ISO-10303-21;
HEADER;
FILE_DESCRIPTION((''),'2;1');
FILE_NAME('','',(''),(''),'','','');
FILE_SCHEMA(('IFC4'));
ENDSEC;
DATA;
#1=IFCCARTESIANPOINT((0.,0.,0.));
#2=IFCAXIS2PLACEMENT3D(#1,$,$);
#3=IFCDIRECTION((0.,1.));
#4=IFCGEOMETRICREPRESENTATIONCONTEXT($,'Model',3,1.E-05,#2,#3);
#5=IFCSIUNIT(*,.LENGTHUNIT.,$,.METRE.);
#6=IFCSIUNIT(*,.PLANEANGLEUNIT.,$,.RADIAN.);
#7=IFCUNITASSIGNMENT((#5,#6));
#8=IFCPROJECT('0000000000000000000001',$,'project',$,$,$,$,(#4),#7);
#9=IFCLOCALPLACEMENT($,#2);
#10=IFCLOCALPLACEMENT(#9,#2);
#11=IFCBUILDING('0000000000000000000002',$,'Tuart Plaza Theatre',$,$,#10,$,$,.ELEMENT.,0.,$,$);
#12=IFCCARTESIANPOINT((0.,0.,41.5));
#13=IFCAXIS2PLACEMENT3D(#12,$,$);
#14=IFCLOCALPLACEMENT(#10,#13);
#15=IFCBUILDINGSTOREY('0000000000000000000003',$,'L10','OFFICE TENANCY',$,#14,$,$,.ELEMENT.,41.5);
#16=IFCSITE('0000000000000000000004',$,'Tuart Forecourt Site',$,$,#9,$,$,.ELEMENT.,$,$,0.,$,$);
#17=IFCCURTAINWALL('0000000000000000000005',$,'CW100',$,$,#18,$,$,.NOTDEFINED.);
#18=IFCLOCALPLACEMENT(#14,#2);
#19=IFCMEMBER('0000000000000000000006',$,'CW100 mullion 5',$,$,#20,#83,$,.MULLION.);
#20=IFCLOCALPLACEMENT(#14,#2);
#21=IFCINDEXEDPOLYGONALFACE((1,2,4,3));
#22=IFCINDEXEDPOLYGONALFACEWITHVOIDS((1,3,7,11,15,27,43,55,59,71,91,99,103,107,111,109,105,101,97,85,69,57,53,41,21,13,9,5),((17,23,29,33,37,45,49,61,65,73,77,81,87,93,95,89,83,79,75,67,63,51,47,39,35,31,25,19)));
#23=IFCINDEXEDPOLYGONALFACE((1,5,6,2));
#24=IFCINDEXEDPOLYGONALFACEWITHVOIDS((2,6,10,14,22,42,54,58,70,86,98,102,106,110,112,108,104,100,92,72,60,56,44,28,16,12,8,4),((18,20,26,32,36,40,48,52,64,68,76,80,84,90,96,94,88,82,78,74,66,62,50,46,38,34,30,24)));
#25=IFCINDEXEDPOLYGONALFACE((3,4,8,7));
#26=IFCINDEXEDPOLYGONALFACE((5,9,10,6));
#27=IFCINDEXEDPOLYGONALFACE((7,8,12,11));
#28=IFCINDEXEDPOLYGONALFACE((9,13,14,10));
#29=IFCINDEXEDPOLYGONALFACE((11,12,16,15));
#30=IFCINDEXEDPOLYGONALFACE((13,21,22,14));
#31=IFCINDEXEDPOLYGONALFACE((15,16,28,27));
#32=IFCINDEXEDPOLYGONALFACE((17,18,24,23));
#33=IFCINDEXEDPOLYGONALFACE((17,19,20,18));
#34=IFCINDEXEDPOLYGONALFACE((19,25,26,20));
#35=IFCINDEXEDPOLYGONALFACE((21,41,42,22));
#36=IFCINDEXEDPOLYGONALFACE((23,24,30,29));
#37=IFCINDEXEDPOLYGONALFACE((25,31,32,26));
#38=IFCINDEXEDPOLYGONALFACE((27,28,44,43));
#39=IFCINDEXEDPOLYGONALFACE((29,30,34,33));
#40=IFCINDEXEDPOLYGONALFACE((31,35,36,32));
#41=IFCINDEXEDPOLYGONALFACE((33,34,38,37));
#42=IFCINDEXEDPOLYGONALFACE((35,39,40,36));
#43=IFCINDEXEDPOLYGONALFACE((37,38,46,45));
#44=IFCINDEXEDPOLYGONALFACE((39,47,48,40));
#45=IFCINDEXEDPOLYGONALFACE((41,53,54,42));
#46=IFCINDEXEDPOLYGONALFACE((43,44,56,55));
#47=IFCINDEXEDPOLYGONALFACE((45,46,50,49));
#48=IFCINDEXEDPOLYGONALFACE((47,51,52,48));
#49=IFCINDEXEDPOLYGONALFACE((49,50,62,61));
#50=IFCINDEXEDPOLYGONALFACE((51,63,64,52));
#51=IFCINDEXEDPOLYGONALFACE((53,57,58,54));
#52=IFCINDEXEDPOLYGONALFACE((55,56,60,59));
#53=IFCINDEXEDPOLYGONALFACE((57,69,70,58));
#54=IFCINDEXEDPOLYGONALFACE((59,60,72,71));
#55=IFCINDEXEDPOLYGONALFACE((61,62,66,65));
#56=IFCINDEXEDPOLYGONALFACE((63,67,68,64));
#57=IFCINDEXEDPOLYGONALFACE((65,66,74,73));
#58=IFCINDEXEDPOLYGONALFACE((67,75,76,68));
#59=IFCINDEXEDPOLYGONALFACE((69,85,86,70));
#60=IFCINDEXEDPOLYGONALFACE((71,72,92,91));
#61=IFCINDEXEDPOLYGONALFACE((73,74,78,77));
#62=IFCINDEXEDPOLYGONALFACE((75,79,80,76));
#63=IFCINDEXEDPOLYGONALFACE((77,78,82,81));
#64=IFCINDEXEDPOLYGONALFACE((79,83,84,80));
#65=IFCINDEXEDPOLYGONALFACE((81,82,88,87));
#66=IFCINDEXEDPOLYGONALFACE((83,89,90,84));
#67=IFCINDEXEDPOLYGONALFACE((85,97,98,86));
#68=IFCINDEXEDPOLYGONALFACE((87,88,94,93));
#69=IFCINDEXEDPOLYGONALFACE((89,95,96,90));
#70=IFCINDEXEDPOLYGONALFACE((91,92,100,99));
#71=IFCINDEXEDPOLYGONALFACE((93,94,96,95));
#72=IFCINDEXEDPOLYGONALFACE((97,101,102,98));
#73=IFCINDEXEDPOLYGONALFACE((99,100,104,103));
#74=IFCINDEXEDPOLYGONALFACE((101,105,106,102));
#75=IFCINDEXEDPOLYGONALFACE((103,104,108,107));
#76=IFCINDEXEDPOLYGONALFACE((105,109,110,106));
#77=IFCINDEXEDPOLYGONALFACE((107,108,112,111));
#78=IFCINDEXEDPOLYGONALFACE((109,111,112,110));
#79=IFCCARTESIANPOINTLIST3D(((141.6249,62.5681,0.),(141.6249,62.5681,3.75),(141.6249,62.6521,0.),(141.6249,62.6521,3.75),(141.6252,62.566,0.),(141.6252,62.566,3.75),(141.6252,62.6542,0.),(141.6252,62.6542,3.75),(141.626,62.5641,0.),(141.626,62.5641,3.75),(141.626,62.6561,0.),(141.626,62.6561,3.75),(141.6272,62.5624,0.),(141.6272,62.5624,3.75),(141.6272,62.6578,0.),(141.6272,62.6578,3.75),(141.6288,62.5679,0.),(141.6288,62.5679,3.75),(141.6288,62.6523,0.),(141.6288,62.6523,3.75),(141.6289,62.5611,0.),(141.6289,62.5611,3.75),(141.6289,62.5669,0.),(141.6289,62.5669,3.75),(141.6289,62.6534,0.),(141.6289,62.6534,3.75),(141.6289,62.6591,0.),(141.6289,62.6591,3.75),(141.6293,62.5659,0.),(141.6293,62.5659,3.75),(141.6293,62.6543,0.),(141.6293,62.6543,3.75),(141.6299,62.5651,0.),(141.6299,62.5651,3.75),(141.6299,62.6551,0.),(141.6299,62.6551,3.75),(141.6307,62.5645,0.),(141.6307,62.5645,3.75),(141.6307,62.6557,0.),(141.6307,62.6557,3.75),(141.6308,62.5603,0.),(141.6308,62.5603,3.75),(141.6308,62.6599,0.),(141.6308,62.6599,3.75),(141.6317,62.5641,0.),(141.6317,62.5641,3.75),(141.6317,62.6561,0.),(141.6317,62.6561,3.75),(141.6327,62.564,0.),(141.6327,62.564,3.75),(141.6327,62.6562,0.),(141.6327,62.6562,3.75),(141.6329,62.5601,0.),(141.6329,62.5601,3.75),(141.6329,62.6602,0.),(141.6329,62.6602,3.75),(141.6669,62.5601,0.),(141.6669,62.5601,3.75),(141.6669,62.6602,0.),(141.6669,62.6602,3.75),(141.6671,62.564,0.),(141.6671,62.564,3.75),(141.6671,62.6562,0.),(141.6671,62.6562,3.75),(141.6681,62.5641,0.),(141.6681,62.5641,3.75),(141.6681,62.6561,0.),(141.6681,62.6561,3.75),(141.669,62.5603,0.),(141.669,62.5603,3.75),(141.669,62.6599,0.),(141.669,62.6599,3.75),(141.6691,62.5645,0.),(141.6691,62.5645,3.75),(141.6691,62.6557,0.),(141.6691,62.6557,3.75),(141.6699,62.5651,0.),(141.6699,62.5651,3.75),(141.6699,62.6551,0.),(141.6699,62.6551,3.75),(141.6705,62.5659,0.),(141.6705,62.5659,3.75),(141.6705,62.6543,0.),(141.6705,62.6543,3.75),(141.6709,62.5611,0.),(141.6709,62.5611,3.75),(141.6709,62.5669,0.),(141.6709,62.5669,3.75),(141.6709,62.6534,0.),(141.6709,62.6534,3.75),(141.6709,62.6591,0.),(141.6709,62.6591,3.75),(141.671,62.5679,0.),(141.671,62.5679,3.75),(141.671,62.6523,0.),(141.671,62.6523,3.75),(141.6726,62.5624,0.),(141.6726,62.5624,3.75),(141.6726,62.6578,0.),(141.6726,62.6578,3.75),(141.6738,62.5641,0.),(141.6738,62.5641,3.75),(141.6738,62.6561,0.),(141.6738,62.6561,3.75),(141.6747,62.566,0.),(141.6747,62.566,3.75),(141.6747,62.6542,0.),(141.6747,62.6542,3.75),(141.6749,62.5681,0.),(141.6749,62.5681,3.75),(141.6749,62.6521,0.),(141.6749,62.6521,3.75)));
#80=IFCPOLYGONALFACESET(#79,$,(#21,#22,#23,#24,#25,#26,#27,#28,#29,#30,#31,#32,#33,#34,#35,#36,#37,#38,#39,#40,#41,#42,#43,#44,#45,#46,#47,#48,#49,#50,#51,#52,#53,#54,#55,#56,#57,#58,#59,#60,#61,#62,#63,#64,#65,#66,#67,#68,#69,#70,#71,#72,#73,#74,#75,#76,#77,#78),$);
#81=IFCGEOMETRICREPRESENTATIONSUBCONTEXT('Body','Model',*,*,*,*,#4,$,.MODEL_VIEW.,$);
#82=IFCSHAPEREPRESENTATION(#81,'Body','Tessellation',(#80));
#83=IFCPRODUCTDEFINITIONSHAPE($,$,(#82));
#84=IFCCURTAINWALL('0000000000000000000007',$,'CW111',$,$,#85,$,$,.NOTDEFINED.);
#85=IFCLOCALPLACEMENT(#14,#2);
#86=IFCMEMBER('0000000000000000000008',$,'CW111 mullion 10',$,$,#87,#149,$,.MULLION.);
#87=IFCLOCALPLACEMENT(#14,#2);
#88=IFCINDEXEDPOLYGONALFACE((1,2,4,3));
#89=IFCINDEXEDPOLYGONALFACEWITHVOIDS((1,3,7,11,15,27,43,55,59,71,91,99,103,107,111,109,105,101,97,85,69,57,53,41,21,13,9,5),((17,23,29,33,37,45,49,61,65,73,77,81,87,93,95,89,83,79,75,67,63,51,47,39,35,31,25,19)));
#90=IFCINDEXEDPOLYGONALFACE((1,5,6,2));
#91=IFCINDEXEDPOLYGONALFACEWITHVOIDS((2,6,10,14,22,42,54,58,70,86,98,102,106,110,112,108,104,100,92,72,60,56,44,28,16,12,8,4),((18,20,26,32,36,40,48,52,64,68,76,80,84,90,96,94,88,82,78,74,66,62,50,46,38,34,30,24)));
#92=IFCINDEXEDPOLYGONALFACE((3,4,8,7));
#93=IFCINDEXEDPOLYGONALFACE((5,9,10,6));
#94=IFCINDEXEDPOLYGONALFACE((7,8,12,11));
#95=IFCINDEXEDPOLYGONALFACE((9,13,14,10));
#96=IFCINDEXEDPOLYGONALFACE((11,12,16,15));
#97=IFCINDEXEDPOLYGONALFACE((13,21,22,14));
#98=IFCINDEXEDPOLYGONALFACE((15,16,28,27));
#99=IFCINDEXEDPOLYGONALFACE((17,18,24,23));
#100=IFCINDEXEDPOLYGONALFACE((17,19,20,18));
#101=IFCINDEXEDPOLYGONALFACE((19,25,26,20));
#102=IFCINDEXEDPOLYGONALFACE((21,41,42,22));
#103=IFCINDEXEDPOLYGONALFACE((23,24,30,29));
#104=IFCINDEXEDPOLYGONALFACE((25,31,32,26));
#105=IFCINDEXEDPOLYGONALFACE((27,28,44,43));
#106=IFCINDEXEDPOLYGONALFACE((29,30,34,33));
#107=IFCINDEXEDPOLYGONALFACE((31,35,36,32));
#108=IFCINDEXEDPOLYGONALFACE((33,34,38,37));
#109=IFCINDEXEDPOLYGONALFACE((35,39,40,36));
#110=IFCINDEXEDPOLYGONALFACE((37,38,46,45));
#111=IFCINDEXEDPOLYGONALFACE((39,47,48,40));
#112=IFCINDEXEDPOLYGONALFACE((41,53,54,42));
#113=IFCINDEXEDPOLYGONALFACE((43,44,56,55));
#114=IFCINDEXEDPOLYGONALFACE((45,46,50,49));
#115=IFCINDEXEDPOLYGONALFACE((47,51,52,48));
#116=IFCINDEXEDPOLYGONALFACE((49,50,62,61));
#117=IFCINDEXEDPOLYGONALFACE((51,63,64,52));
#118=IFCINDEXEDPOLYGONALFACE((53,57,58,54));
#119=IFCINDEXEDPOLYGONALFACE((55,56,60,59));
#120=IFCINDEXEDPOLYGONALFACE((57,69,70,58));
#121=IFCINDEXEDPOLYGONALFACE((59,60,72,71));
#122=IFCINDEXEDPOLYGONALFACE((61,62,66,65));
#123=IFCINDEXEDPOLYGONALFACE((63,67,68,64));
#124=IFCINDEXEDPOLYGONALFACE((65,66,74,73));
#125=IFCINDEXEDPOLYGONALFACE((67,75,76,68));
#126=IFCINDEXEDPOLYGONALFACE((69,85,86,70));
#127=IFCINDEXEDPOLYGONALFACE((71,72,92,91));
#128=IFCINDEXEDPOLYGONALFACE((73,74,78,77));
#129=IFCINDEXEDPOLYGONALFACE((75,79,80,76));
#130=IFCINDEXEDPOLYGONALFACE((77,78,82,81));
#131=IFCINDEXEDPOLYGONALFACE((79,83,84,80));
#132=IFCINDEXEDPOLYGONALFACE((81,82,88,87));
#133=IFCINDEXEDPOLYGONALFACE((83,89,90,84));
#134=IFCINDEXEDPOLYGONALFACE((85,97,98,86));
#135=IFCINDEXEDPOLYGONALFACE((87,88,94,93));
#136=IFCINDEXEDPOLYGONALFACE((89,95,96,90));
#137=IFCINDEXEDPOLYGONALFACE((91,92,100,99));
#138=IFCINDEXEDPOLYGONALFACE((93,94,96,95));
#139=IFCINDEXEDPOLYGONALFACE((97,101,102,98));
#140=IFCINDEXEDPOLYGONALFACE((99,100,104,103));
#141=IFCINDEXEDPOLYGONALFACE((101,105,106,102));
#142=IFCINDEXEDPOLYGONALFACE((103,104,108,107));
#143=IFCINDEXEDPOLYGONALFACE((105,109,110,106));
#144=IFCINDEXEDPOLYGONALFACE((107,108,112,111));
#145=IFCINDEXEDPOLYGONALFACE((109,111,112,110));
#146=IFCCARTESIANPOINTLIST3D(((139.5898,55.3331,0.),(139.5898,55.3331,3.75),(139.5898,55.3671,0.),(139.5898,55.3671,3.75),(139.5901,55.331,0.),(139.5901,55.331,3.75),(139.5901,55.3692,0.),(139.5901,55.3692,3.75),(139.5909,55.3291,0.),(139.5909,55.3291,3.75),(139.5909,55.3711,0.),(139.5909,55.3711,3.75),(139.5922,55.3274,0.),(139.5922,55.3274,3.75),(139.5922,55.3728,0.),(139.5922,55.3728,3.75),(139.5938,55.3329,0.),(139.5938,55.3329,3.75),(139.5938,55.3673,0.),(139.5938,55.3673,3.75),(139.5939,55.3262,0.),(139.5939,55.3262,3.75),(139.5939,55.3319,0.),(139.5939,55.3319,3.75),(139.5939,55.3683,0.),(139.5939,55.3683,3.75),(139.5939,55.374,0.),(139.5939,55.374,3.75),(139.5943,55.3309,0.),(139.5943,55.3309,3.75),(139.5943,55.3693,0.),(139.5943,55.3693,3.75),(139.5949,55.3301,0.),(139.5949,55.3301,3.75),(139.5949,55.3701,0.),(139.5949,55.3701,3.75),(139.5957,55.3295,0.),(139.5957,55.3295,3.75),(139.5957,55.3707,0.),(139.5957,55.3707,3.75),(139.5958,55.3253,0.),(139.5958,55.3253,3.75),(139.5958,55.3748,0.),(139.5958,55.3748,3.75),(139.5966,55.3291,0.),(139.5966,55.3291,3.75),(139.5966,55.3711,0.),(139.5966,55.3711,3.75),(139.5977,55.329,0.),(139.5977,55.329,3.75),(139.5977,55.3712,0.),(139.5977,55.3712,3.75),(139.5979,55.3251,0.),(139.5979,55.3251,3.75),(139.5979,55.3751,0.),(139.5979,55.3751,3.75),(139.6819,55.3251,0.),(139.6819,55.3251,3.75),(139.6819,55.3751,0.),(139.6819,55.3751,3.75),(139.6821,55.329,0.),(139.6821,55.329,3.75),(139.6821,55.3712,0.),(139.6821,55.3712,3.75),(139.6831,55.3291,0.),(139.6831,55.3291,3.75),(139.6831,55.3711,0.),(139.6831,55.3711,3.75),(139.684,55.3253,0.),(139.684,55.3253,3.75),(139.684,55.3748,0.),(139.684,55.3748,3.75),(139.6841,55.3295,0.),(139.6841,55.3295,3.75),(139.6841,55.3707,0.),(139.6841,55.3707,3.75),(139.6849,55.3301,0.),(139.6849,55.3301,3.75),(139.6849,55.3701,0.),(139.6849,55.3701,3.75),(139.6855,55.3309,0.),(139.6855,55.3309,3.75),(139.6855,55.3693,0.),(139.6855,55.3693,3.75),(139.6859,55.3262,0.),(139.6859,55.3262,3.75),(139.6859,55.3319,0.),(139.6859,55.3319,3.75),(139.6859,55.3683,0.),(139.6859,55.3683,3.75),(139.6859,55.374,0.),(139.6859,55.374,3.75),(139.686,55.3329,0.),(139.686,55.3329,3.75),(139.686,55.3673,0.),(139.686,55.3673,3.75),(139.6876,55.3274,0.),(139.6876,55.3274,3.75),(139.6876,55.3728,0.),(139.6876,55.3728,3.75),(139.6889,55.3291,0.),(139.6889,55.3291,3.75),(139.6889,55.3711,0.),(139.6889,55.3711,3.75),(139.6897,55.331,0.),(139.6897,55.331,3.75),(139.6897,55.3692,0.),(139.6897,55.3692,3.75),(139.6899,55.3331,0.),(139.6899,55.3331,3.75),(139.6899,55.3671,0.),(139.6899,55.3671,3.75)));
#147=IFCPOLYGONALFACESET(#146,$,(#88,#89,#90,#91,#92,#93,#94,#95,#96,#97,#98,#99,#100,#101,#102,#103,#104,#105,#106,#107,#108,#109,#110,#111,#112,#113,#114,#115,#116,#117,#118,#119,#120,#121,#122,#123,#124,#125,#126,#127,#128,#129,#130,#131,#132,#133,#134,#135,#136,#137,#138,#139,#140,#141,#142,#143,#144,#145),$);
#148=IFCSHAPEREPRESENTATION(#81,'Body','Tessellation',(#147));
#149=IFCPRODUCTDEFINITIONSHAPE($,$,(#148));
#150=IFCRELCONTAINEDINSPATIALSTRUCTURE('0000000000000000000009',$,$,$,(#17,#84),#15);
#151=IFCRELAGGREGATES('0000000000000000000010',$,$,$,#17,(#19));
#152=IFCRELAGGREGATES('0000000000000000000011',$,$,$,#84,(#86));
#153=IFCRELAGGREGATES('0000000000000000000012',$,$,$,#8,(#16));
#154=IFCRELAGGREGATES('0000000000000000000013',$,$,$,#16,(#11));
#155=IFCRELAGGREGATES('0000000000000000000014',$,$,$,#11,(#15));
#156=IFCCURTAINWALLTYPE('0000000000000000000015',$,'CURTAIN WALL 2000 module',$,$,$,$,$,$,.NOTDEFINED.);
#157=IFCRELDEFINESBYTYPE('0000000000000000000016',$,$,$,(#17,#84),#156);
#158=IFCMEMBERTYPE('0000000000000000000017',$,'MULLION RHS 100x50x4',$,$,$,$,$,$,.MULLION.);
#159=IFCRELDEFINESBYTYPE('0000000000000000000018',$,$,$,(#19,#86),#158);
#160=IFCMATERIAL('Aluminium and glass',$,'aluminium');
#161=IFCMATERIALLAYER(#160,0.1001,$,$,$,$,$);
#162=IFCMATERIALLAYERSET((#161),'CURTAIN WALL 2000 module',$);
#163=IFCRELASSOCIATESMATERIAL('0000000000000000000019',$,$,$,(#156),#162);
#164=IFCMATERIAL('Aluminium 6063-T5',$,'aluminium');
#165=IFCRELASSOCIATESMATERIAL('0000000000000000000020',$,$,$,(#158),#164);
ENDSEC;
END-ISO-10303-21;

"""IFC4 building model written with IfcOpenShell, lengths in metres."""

from ifc_helpers import new_model, si_unit, direction, frame, origin, origin_2d, place, context, subcontext, project, spatial, hollow_rectangle, extrude, material, layer, layer_set, material_profile, profile_set, type_object, element, aggregate, save


model = new_model("IFC4")

# Units and contexts
model_context = context("Model", 3, precision=1e-05, world=origin(), true_north=direction((0.0, 1.0)))
body_context = subcontext(model_context, "Body", "Model", "MODEL_VIEW")
ifc_project = project(units=[si_unit("LENGTHUNIT", "METRE"), si_unit("PLANEANGLEUNIT", "RADIAN")], contexts=[model_context])

# Site, building, storey
site_placement = place(None, origin())
site = spatial("IfcSite", under=ifc_project, at=site_placement, Name="Tuart Forecourt Site", CompositionType="ELEMENT", RefElevation=0.0)
building_placement = place(site_placement, origin())
building = spatial("IfcBuilding", under=site, at=building_placement, Name="Tuart Plaza Theatre", CompositionType="ELEMENT", ElevationOfRefHeight=0.0)
storey_placement = place(building_placement, frame((0.0, 0.0, 41.5)))
storey = spatial("IfcBuildingStorey", under=building, at=storey_placement, Name="L10", Description="OFFICE TENANCY", CompositionType="ELEMENT", Elevation=41.5)

# Curtain walls, members
ifc_material_1 = material(Name="Aluminium and glass", Category="aluminium")
ifc_layer_1 = layer(ifc_material_1, 0.1001)
ifc_layer_set_1 = layer_set([ifc_layer_1], Name="CURTAIN WALL 2000 module")
curtain_wall_type = type_object("IfcCurtainWallType", Name="CURTAIN WALL 2000 module", PredefinedType="NOTDEFINED", material=ifc_layer_set_1)
curtain_wall_1_placement = place(storey_placement, origin())
curtain_wall_1 = element("IfcCurtainWall", 1, at=curtain_wall_1_placement, inside=storey, type_object=curtain_wall_type, Name="CW100", PredefinedType="NOTDEFINED")
ifc_material_2 = material(Name="Aluminium 6063-T5", Category="aluminium")
ifc_material_profile_1 = material_profile(ifc_material_2, hollow_rectangle(XDim=0.05, YDim=0.1001, WallThickness=0.0039, InnerFilletRadius=0.0039, OuterFilletRadius=0.0081, at=origin_2d()), Name="RHS 100x50x4")
ifc_profile_set_1 = profile_set([ifc_material_profile_1], Name="Aluminium 6063-T5")
member_type_1 = type_object("IfcMemberType", Name="MULLION RHS 100x50x4", PredefinedType="MULLION", material=ifc_profile_set_1)
member_1_placement = place(storey_placement, frame((141.6499, 62.6101, 0.0), z_axis=(0.0, 0.0, 1.0), x_axis=(-1.0, 0.0, 0.0)))
member_1 = element("IfcMember", 2, at=member_1_placement, type_object=member_type_1, Name="CW100 mullion 5", PredefinedType="MULLION", context=body_context, shape_type="SweptSolid", body=[
    extrude(hollow_rectangle(XDim=0.05, YDim=0.1001, WallThickness=0.0039, InnerFilletRadius=0.0039, OuterFilletRadius=0.0081, at=origin_2d()), origin(), (0.0, 0.0, 1.0), 3.75),
])
curtain_wall_2_placement = place(storey_placement, origin())
curtain_wall_2 = element("IfcCurtainWall", 3, at=curtain_wall_2_placement, inside=storey, type_object=curtain_wall_type, Name="CW111", PredefinedType="NOTDEFINED")
member_2_placement = place(storey_placement, frame((139.6399, 55.3501, 0.0), z_axis=(0.0, 0.0, 1.0), x_axis=(0.0, 1.0, 0.0)))
member_2 = element("IfcMember", 4, at=member_2_placement, type_object=member_type_1, Name="CW111 mullion 10", PredefinedType="MULLION", context=body_context, shape_type="SweptSolid", body=[
    extrude(hollow_rectangle(XDim=0.05, YDim=0.1001, WallThickness=0.0039, InnerFilletRadius=0.0039, OuterFilletRadius=0.0081, at=origin_2d()), origin(), (0.0, 0.0, 1.0), 3.75),
])

aggregate(curtain_wall_1, [member_1])
aggregate(curtain_wall_2, [member_2])

save(model, "model.ifc")
